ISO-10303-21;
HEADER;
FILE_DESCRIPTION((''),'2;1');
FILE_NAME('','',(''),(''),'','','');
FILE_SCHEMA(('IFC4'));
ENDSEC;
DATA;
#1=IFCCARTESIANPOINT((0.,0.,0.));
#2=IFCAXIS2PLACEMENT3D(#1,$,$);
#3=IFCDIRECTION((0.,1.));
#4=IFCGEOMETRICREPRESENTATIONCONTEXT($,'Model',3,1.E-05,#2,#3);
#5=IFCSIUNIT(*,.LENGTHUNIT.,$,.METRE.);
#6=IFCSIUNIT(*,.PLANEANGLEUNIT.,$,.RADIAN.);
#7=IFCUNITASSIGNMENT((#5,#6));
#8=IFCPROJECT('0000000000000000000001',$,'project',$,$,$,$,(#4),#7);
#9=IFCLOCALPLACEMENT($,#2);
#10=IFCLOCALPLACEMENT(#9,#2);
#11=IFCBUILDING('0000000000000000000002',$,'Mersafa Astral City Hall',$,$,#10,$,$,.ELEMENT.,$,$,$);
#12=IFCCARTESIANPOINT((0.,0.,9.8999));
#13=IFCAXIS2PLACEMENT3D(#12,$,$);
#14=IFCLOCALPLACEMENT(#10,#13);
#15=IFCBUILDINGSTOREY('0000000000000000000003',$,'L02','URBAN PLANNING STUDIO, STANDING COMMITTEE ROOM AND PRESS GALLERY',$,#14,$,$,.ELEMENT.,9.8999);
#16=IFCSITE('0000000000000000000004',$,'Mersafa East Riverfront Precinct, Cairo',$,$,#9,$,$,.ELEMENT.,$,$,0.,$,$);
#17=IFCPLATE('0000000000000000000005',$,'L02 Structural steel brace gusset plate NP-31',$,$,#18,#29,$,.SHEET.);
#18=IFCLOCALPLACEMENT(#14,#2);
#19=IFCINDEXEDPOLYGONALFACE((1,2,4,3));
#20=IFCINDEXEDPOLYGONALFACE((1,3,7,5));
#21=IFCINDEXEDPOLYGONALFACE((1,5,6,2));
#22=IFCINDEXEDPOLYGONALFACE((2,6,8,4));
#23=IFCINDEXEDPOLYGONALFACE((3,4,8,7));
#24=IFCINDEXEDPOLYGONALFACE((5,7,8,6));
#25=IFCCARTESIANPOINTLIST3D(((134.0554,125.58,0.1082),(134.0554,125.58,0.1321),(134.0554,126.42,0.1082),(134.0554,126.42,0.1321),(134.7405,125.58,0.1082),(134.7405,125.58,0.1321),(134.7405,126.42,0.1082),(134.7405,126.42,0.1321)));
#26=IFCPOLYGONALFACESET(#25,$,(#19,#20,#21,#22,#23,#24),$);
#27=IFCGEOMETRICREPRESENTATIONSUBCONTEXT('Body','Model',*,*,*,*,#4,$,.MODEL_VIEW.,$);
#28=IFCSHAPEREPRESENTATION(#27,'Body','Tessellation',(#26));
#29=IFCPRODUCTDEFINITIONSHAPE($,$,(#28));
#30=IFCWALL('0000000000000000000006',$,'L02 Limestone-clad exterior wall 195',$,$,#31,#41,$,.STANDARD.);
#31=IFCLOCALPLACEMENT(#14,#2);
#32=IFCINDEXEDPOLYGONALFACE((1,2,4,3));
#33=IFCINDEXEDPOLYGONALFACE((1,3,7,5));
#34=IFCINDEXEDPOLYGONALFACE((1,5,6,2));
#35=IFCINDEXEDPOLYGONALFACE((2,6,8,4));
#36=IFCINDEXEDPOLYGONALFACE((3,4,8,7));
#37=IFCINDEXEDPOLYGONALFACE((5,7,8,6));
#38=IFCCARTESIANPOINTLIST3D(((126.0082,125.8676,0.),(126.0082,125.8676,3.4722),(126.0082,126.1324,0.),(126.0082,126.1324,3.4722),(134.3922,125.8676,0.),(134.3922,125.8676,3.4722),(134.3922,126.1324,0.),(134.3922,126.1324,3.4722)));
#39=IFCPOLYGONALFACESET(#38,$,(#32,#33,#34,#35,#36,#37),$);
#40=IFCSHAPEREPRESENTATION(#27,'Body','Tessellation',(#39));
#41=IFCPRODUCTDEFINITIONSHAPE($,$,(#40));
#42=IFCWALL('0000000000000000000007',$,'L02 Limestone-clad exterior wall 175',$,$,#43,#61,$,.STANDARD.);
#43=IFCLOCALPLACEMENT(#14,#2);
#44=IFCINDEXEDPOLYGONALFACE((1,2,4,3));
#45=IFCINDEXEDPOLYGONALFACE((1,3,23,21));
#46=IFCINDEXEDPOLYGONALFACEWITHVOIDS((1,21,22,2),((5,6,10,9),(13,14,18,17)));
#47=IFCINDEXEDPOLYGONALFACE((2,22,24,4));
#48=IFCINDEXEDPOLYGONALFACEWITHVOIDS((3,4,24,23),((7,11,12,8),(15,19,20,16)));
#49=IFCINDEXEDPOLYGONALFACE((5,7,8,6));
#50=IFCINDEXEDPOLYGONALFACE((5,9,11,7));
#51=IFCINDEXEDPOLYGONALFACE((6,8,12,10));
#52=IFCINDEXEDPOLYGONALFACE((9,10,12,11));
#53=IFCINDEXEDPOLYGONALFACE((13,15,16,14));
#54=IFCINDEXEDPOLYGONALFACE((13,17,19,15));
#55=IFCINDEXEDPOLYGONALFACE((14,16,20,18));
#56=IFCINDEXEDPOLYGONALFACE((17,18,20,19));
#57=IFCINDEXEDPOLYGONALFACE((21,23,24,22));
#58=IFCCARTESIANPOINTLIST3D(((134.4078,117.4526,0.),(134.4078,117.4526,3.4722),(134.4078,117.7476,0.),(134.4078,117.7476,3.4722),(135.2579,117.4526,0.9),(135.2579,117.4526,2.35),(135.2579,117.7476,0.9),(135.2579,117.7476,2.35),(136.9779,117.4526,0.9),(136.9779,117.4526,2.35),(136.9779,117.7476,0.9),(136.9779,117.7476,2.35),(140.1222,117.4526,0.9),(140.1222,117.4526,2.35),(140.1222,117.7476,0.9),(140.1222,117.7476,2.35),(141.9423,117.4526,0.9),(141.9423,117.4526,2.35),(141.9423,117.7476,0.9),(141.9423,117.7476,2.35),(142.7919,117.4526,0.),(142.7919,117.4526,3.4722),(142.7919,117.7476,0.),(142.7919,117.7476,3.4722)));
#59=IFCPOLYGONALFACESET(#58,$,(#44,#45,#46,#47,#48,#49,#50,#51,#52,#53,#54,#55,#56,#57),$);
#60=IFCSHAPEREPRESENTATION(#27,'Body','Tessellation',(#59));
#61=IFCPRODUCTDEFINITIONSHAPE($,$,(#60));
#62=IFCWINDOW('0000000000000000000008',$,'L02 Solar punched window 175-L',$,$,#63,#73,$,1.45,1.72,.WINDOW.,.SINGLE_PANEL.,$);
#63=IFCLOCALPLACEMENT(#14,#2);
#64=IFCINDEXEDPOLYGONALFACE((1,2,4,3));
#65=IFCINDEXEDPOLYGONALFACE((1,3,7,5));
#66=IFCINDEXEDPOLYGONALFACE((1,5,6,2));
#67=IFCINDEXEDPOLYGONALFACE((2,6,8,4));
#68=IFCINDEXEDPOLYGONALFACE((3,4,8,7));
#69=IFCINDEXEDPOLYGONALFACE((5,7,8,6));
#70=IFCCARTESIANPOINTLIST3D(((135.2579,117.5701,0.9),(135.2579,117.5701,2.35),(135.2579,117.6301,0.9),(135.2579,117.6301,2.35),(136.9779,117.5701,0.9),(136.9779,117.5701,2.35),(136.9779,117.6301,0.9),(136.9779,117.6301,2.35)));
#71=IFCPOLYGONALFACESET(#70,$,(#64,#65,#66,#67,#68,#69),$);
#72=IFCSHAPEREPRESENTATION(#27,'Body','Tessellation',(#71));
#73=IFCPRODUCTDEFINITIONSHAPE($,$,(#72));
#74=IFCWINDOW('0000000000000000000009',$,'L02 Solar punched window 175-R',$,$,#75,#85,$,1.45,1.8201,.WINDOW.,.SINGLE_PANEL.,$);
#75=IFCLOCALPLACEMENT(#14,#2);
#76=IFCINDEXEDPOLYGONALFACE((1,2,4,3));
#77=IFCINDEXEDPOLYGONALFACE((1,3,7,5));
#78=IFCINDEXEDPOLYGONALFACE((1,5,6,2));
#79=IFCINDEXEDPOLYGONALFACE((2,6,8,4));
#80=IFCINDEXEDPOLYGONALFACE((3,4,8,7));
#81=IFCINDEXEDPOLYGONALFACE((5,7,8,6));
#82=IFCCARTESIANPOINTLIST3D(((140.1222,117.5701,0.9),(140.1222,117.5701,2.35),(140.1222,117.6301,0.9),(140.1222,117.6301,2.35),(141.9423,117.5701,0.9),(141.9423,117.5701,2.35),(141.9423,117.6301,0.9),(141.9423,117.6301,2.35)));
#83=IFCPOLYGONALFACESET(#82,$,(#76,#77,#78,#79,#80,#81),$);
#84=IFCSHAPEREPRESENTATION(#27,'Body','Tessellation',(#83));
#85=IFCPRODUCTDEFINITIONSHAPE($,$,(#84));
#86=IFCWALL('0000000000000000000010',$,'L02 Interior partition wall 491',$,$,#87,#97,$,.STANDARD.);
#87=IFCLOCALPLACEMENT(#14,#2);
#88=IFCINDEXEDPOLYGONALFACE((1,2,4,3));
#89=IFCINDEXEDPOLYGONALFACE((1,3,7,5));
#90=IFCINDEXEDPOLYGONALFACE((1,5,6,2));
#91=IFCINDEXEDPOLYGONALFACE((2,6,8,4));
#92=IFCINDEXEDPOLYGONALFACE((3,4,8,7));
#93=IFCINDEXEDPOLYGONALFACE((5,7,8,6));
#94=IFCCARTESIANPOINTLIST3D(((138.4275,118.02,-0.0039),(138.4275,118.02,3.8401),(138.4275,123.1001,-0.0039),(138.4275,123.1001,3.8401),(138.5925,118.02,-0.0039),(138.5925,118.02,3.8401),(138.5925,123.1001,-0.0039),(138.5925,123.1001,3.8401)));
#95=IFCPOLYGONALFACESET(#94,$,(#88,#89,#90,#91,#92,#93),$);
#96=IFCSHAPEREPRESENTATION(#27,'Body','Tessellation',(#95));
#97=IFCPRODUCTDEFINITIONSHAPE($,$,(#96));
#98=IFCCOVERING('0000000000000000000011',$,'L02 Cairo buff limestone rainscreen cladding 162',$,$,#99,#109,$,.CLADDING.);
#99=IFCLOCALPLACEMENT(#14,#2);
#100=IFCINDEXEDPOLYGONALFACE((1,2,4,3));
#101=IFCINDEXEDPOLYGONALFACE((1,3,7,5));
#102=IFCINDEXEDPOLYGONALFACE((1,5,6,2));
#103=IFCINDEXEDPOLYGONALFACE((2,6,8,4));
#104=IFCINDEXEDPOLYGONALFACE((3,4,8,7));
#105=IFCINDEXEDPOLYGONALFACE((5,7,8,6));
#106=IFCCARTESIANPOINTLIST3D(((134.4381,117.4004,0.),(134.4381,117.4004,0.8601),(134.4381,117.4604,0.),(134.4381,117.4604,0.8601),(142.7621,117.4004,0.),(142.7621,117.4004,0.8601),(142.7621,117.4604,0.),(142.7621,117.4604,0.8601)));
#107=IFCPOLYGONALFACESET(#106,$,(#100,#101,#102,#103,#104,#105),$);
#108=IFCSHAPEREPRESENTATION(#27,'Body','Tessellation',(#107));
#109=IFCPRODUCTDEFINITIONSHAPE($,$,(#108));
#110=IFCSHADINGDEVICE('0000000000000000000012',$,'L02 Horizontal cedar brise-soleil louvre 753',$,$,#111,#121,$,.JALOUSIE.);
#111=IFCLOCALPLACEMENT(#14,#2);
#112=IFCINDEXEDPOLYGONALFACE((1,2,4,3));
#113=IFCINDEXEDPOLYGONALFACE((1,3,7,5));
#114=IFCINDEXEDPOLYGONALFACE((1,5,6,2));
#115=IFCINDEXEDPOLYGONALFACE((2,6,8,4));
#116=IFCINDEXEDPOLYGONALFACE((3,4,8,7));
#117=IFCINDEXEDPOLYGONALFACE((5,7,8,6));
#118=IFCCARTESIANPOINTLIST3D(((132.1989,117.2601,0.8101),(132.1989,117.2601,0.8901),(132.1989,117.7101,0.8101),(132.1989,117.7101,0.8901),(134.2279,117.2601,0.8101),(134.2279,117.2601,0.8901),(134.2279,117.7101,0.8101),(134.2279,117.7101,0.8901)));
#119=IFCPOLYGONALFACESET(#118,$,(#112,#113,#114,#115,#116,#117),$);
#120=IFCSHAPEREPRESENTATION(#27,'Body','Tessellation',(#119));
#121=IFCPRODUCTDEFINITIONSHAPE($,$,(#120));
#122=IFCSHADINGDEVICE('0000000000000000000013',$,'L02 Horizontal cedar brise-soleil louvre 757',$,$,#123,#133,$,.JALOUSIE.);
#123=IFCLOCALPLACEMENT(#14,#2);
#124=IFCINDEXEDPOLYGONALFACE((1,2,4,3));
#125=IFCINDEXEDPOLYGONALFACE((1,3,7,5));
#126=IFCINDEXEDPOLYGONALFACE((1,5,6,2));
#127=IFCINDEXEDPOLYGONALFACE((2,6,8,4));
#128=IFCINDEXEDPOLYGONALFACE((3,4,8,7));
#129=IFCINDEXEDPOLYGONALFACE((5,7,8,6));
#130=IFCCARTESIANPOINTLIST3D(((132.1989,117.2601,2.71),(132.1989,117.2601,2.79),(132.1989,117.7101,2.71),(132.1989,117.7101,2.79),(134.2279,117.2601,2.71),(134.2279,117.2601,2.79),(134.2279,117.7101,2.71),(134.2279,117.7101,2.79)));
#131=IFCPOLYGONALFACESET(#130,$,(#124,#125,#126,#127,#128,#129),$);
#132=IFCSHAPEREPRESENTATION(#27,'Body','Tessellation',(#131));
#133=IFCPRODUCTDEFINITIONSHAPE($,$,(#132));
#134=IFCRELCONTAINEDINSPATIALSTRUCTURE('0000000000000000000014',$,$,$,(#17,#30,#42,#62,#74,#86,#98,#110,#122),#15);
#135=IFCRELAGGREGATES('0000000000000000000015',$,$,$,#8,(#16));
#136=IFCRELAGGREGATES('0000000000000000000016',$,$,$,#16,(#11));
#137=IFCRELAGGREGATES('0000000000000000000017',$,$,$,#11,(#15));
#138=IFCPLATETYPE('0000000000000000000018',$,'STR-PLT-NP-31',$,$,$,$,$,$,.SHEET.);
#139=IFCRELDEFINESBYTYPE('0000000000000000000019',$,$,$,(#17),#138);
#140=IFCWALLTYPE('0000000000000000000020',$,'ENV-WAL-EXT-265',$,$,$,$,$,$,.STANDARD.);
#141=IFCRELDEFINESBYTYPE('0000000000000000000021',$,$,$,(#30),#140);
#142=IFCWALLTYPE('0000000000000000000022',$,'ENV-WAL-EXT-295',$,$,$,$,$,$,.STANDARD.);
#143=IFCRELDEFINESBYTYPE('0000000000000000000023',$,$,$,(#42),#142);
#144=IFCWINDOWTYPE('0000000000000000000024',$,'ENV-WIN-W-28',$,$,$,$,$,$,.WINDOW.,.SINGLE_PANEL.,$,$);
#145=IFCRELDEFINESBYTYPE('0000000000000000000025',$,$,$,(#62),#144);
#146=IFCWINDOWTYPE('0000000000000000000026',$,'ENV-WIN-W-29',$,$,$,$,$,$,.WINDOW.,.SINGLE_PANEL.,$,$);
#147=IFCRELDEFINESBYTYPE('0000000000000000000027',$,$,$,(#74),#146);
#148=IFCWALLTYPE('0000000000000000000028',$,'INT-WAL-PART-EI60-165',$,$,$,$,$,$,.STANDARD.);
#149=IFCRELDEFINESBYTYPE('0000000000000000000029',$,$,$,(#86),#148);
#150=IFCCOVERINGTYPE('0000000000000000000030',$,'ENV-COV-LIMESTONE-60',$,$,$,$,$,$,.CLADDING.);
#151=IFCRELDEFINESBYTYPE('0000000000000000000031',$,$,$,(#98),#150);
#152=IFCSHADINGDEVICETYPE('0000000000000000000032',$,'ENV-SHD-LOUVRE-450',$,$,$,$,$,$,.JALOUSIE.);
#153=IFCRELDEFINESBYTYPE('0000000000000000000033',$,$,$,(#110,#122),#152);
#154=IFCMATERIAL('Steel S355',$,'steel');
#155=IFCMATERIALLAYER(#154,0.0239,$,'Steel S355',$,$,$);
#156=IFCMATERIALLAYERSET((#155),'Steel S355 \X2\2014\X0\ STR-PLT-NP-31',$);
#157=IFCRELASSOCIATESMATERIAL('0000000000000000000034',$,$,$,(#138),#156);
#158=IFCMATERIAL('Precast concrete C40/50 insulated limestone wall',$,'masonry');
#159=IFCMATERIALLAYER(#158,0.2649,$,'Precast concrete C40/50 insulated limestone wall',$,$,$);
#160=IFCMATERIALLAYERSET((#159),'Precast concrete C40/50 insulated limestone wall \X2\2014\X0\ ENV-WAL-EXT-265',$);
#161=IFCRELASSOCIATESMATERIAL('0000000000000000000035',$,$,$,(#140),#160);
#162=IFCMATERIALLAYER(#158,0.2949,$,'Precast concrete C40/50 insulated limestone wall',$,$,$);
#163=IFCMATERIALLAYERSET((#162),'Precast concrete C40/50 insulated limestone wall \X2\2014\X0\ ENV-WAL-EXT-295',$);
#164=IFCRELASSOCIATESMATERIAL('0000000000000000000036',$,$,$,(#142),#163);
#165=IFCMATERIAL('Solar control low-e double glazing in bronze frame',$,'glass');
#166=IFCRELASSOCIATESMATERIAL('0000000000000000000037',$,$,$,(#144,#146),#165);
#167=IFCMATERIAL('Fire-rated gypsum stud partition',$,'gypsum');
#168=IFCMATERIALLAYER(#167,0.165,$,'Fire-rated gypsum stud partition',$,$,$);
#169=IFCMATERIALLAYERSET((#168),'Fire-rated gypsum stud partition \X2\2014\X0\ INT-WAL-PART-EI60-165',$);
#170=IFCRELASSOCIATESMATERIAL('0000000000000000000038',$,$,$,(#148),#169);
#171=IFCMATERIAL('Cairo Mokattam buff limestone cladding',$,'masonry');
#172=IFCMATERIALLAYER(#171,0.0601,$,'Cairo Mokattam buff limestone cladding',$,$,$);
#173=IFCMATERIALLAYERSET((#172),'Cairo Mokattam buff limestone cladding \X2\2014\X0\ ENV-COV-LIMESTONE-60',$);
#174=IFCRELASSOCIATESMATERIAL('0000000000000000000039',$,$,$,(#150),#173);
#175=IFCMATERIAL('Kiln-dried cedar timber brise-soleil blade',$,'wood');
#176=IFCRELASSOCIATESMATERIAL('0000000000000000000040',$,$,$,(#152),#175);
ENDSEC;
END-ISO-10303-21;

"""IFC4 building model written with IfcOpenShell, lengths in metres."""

from ifc_helpers import new_model, si_unit, direction, frame, frame_2d, origin, origin_2d, place, context, subcontext, project, spatial, rectangle, extrude, material, layer, layer_set, type_object, element, fill, save


model = new_model("IFC4")

# Units and contexts
model_context = context("Model", 3, precision=1e-05, world=origin(), true_north=direction((0.0, 1.0)))
body_context = subcontext(model_context, "Body", "Model", "MODEL_VIEW")
ifc_project = project(units=[si_unit("LENGTHUNIT", "METRE"), si_unit("PLANEANGLEUNIT", "RADIAN")], contexts=[model_context])

# Site, building, storey
site_placement = place(None, origin())
site = spatial("IfcSite", under=ifc_project, at=site_placement, Name="Mersafa East Riverfront Precinct, Cairo", CompositionType="ELEMENT", RefElevation=0.0)
building_placement = place(site_placement, origin())
building = spatial("IfcBuilding", under=site, at=building_placement, Name="Mersafa Astral City Hall", CompositionType="ELEMENT")
storey_placement = place(building_placement, frame((0.0, 0.0, 9.8999)))
storey = spatial("IfcBuildingStorey", under=building, at=storey_placement, Name="L02", Description="URBAN PLANNING STUDIO, STANDING COMMITTEE ROOM AND PRESS GALLERY", CompositionType="ELEMENT", Elevation=9.8999)

# Shared definitions
ifc_material_1 = material(Name="Steel S355", Category="steel")

# Plate
ifc_layer_1 = layer(ifc_material_1, 0.0239, Name="Steel S355")
ifc_layer_set_1 = layer_set([ifc_layer_1], Name="Steel S355 — STR-PLT-NP-31")
plate_type_1 = type_object("IfcPlateType", Name="STR-PLT-NP-31", PredefinedType="SHEET", material=ifc_layer_set_1)
plate_1_placement = place(storey_placement, frame((134.3979, 126.0, 0.1082), z_axis=(0.0, 0.0, 1.0), x_axis=(1.0, 0.0, 0.0)))
element("IfcPlate", 1, at=plate_1_placement, inside=storey, type_object=plate_type_1, Name="L02 Structural steel brace gusset plate NP-31", PredefinedType="SHEET", context=body_context, shape_type="SweptSolid", body=[
    extrude(rectangle(XDim=0.6851, YDim=0.8401, at=origin_2d()), origin(), (0.0, 0.0, 1.0), 0.0239),
])

# Wall
ifc_material_2 = material(Name="Precast concrete C40/50 insulated limestone wall", Category="masonry")
ifc_layer_2 = layer(ifc_material_2, 0.2649, Name="Precast concrete C40/50 insulated limestone wall")
ifc_layer_set_2 = layer_set([ifc_layer_2], Name="Precast concrete C40/50 insulated limestone wall — ENV-WAL-EXT-265")
wall_type_1 = type_object("IfcWallType", Name="ENV-WAL-EXT-265", PredefinedType="STANDARD", material=ifc_layer_set_2)
wall_1_placement = place(storey_placement, frame((134.3921, 126.0, 0.0), z_axis=(0.0, 0.0, 1.0), x_axis=(-1.0, 0.0, 0.0)))
element("IfcWall", 2, at=wall_1_placement, inside=storey, type_object=wall_type_1, Name="L02 Limestone-clad exterior wall 195", PredefinedType="STANDARD", context=body_context, shape_type="SweptSolid", body=[
    extrude(rectangle(XDim=8.384, YDim=0.2649, at=frame_2d((4.1919, 0.0))), origin(), (0.0, 0.0, 1.0), 3.4722),
])

# Wall, openings, windows
ifc_layer_3 = layer(ifc_material_2, 0.2949, Name="Precast concrete C40/50 insulated limestone wall")
ifc_layer_set_3 = layer_set([ifc_layer_3], Name="Precast concrete C40/50 insulated limestone wall — ENV-WAL-EXT-295")
wall_type_2 = type_object("IfcWallType", Name="ENV-WAL-EXT-295", PredefinedType="STANDARD", material=ifc_layer_set_3)
wall_2_placement = place(storey_placement, frame((134.408, 117.6001, 0.0), z_axis=(0.0, 0.0, 1.0), x_axis=(1.0, 0.0, 0.0)))
wall_2 = element("IfcWall", 3, at=wall_2_placement, inside=storey, type_object=wall_type_2, Name="L02 Limestone-clad exterior wall 175", PredefinedType="STANDARD", context=body_context, shape_type="SweptSolid", body=[
    extrude(rectangle(XDim=8.384, YDim=0.2949, at=frame_2d((4.1919, 0.0))), origin(), (0.0, 0.0, 1.0), 3.4722),
])
opening_1_placement = place(wall_2_placement, frame((0.8501, 0.0, 0.8999)))
opening_1 = element("IfcOpeningElement", 4, at=opening_1_placement, cuts=wall_2, PredefinedType="OPENING", context=body_context, shape_type="SweptSolid", body=[
    extrude(rectangle(XDim=1.72, YDim=1.45, at=frame_2d((0.8599, 0.7251))), frame((0.0, 0.1575, 0.0), z_axis=(0.0, -1.0, 0.0), x_axis=(1.0, 0.0, 0.0)), (0.0, 0.0, 1.0), 0.3149),
])
opening_2_placement = place(wall_2_placement, frame((5.7141, 0.0, 0.8999)))
opening_2 = element("IfcOpeningElement", 5, at=opening_2_placement, cuts=wall_2, PredefinedType="OPENING", context=body_context, shape_type="SweptSolid", body=[
    extrude(rectangle(XDim=1.8201, YDim=1.45, at=frame_2d((0.9102, 0.7251))), frame((0.0, 0.1575, 0.0), z_axis=(0.0, -1.0, 0.0), x_axis=(1.0, 0.0, 0.0)), (0.0, 0.0, 1.0), 0.3149),
])
ifc_material_3 = material(Name="Solar control low-e double glazing in bronze frame", Category="glass")
window_type_1 = type_object("IfcWindowType", Name="ENV-WIN-W-28", PartitioningType="SINGLE_PANEL", PredefinedType="WINDOW", material=ifc_material_3)
window_1_placement = place(opening_1_placement, origin())
window_1 = element("IfcWindow", 6, at=window_1_placement, inside=storey, type_object=window_type_1, Name="L02 Solar punched window 175-L", OverallHeight=1.45, OverallWidth=1.72, PartitioningType="SINGLE_PANEL", PredefinedType="WINDOW", context=body_context, shape_type="SweptSolid", body=[
    extrude(rectangle(XDim=1.72, YDim=1.45, at=frame_2d((0.8599, 0.7251))), frame((0.0, 0.03, 0.0), z_axis=(0.0, -1.0, 0.0), x_axis=(1.0, 0.0, 0.0)), (0.0, 0.0, 1.0), 0.0601),
])
fill(opening_1, window_1)
window_type_2 = type_object("IfcWindowType", Name="ENV-WIN-W-29", PartitioningType="SINGLE_PANEL", PredefinedType="WINDOW", material=ifc_material_3)
window_2_placement = place(opening_2_placement, origin())
window_2 = element("IfcWindow", 7, at=window_2_placement, inside=storey, type_object=window_type_2, Name="L02 Solar punched window 175-R", OverallHeight=1.45, OverallWidth=1.8201, PartitioningType="SINGLE_PANEL", PredefinedType="WINDOW", context=body_context, shape_type="SweptSolid", body=[
    extrude(rectangle(XDim=1.8201, YDim=1.45, at=frame_2d((0.9102, 0.7251))), frame((0.0, 0.03, 0.0), z_axis=(0.0, -1.0, 0.0), x_axis=(1.0, 0.0, 0.0)), (0.0, 0.0, 1.0), 0.0601),
])
fill(opening_2, window_2)

# Wall
ifc_material_4 = material(Name="Fire-rated gypsum stud partition", Category="gypsum")
ifc_layer_4 = layer(ifc_material_4, 0.165, Name="Fire-rated gypsum stud partition")
ifc_layer_set_4 = layer_set([ifc_layer_4], Name="Fire-rated gypsum stud partition — INT-WAL-PART-EI60-165")
wall_type_3 = type_object("IfcWallType", Name="INT-WAL-PART-EI60-165", PredefinedType="STANDARD", material=ifc_layer_set_4)
wall_3_placement = place(storey_placement, frame((138.51, 123.1001, -0.0039), z_axis=(0.0, 0.0, 1.0), x_axis=(0.0, -1.0, 0.0)))
element("IfcWall", 8, at=wall_3_placement, inside=storey, type_object=wall_type_3, Name="L02 Interior partition wall 491", PredefinedType="STANDARD", context=body_context, shape_type="SweptSolid", body=[
    extrude(rectangle(XDim=5.0801, YDim=0.165, at=frame_2d((2.54, 0.0))), origin(), (0.0, 0.0, 1.0), 3.844),
])

# Covering
ifc_material_5 = material(Name="Cairo Mokattam buff limestone cladding", Category="masonry")
ifc_layer_5 = layer(ifc_material_5, 0.0601, Name="Cairo Mokattam buff limestone cladding")
ifc_layer_set_5 = layer_set([ifc_layer_5], Name="Cairo Mokattam buff limestone cladding — ENV-COV-LIMESTONE-60")
covering_type = type_object("IfcCoveringType", Name="ENV-COV-LIMESTONE-60", PredefinedType="CLADDING", material=ifc_layer_set_5)
covering_placement = place(storey_placement, frame((138.6001, 117.4304, 0.0), z_axis=(0.0, 0.0, 1.0), x_axis=(1.0, 0.0, 0.0)))
element("IfcCovering", 9, at=covering_placement, inside=storey, type_object=covering_type, Name="L02 Cairo buff limestone rainscreen cladding 162", PredefinedType="CLADDING", context=body_context, shape_type="SweptSolid", body=[
    extrude(rectangle(XDim=8.324, YDim=0.0601, at=origin_2d()), origin(), (0.0, 0.0, 1.0), 0.8601),
])

# Shading devices
ifc_material_6 = material(Name="Kiln-dried cedar timber brise-soleil blade", Category="wood")
shading_device_type = type_object("IfcShadingDeviceType", Name="ENV-SHD-LOUVRE-450", PredefinedType="JALOUSIE", material=ifc_material_6)
for number, where, z_axis, x_axis, name in (
    (10, (133.2134, 117.4851, 0.8101), (0.0, 0.0, 1.0), (1.0, 0.0, 0.0), "L02 Horizontal cedar brise-soleil louvre 753"),
    (11, (133.2134, 117.4851, 2.71), (0.0, 0.0, 1.0), (1.0, 0.0, 0.0), "L02 Horizontal cedar brise-soleil louvre 757"),
):
    element("IfcShadingDevice", number, at=place(storey_placement, frame(where, z_axis=z_axis, x_axis=x_axis)), inside=storey, type_object=shading_device_type, Name=name, PredefinedType="JALOUSIE", context=body_context, shape_type="SweptSolid", body=[
        extrude(rectangle(XDim=2.0291, YDim=0.45, at=origin_2d()), origin(), (0.0, 0.0, 1.0), 0.0801),
    ])

save(model, "model.ifc")
